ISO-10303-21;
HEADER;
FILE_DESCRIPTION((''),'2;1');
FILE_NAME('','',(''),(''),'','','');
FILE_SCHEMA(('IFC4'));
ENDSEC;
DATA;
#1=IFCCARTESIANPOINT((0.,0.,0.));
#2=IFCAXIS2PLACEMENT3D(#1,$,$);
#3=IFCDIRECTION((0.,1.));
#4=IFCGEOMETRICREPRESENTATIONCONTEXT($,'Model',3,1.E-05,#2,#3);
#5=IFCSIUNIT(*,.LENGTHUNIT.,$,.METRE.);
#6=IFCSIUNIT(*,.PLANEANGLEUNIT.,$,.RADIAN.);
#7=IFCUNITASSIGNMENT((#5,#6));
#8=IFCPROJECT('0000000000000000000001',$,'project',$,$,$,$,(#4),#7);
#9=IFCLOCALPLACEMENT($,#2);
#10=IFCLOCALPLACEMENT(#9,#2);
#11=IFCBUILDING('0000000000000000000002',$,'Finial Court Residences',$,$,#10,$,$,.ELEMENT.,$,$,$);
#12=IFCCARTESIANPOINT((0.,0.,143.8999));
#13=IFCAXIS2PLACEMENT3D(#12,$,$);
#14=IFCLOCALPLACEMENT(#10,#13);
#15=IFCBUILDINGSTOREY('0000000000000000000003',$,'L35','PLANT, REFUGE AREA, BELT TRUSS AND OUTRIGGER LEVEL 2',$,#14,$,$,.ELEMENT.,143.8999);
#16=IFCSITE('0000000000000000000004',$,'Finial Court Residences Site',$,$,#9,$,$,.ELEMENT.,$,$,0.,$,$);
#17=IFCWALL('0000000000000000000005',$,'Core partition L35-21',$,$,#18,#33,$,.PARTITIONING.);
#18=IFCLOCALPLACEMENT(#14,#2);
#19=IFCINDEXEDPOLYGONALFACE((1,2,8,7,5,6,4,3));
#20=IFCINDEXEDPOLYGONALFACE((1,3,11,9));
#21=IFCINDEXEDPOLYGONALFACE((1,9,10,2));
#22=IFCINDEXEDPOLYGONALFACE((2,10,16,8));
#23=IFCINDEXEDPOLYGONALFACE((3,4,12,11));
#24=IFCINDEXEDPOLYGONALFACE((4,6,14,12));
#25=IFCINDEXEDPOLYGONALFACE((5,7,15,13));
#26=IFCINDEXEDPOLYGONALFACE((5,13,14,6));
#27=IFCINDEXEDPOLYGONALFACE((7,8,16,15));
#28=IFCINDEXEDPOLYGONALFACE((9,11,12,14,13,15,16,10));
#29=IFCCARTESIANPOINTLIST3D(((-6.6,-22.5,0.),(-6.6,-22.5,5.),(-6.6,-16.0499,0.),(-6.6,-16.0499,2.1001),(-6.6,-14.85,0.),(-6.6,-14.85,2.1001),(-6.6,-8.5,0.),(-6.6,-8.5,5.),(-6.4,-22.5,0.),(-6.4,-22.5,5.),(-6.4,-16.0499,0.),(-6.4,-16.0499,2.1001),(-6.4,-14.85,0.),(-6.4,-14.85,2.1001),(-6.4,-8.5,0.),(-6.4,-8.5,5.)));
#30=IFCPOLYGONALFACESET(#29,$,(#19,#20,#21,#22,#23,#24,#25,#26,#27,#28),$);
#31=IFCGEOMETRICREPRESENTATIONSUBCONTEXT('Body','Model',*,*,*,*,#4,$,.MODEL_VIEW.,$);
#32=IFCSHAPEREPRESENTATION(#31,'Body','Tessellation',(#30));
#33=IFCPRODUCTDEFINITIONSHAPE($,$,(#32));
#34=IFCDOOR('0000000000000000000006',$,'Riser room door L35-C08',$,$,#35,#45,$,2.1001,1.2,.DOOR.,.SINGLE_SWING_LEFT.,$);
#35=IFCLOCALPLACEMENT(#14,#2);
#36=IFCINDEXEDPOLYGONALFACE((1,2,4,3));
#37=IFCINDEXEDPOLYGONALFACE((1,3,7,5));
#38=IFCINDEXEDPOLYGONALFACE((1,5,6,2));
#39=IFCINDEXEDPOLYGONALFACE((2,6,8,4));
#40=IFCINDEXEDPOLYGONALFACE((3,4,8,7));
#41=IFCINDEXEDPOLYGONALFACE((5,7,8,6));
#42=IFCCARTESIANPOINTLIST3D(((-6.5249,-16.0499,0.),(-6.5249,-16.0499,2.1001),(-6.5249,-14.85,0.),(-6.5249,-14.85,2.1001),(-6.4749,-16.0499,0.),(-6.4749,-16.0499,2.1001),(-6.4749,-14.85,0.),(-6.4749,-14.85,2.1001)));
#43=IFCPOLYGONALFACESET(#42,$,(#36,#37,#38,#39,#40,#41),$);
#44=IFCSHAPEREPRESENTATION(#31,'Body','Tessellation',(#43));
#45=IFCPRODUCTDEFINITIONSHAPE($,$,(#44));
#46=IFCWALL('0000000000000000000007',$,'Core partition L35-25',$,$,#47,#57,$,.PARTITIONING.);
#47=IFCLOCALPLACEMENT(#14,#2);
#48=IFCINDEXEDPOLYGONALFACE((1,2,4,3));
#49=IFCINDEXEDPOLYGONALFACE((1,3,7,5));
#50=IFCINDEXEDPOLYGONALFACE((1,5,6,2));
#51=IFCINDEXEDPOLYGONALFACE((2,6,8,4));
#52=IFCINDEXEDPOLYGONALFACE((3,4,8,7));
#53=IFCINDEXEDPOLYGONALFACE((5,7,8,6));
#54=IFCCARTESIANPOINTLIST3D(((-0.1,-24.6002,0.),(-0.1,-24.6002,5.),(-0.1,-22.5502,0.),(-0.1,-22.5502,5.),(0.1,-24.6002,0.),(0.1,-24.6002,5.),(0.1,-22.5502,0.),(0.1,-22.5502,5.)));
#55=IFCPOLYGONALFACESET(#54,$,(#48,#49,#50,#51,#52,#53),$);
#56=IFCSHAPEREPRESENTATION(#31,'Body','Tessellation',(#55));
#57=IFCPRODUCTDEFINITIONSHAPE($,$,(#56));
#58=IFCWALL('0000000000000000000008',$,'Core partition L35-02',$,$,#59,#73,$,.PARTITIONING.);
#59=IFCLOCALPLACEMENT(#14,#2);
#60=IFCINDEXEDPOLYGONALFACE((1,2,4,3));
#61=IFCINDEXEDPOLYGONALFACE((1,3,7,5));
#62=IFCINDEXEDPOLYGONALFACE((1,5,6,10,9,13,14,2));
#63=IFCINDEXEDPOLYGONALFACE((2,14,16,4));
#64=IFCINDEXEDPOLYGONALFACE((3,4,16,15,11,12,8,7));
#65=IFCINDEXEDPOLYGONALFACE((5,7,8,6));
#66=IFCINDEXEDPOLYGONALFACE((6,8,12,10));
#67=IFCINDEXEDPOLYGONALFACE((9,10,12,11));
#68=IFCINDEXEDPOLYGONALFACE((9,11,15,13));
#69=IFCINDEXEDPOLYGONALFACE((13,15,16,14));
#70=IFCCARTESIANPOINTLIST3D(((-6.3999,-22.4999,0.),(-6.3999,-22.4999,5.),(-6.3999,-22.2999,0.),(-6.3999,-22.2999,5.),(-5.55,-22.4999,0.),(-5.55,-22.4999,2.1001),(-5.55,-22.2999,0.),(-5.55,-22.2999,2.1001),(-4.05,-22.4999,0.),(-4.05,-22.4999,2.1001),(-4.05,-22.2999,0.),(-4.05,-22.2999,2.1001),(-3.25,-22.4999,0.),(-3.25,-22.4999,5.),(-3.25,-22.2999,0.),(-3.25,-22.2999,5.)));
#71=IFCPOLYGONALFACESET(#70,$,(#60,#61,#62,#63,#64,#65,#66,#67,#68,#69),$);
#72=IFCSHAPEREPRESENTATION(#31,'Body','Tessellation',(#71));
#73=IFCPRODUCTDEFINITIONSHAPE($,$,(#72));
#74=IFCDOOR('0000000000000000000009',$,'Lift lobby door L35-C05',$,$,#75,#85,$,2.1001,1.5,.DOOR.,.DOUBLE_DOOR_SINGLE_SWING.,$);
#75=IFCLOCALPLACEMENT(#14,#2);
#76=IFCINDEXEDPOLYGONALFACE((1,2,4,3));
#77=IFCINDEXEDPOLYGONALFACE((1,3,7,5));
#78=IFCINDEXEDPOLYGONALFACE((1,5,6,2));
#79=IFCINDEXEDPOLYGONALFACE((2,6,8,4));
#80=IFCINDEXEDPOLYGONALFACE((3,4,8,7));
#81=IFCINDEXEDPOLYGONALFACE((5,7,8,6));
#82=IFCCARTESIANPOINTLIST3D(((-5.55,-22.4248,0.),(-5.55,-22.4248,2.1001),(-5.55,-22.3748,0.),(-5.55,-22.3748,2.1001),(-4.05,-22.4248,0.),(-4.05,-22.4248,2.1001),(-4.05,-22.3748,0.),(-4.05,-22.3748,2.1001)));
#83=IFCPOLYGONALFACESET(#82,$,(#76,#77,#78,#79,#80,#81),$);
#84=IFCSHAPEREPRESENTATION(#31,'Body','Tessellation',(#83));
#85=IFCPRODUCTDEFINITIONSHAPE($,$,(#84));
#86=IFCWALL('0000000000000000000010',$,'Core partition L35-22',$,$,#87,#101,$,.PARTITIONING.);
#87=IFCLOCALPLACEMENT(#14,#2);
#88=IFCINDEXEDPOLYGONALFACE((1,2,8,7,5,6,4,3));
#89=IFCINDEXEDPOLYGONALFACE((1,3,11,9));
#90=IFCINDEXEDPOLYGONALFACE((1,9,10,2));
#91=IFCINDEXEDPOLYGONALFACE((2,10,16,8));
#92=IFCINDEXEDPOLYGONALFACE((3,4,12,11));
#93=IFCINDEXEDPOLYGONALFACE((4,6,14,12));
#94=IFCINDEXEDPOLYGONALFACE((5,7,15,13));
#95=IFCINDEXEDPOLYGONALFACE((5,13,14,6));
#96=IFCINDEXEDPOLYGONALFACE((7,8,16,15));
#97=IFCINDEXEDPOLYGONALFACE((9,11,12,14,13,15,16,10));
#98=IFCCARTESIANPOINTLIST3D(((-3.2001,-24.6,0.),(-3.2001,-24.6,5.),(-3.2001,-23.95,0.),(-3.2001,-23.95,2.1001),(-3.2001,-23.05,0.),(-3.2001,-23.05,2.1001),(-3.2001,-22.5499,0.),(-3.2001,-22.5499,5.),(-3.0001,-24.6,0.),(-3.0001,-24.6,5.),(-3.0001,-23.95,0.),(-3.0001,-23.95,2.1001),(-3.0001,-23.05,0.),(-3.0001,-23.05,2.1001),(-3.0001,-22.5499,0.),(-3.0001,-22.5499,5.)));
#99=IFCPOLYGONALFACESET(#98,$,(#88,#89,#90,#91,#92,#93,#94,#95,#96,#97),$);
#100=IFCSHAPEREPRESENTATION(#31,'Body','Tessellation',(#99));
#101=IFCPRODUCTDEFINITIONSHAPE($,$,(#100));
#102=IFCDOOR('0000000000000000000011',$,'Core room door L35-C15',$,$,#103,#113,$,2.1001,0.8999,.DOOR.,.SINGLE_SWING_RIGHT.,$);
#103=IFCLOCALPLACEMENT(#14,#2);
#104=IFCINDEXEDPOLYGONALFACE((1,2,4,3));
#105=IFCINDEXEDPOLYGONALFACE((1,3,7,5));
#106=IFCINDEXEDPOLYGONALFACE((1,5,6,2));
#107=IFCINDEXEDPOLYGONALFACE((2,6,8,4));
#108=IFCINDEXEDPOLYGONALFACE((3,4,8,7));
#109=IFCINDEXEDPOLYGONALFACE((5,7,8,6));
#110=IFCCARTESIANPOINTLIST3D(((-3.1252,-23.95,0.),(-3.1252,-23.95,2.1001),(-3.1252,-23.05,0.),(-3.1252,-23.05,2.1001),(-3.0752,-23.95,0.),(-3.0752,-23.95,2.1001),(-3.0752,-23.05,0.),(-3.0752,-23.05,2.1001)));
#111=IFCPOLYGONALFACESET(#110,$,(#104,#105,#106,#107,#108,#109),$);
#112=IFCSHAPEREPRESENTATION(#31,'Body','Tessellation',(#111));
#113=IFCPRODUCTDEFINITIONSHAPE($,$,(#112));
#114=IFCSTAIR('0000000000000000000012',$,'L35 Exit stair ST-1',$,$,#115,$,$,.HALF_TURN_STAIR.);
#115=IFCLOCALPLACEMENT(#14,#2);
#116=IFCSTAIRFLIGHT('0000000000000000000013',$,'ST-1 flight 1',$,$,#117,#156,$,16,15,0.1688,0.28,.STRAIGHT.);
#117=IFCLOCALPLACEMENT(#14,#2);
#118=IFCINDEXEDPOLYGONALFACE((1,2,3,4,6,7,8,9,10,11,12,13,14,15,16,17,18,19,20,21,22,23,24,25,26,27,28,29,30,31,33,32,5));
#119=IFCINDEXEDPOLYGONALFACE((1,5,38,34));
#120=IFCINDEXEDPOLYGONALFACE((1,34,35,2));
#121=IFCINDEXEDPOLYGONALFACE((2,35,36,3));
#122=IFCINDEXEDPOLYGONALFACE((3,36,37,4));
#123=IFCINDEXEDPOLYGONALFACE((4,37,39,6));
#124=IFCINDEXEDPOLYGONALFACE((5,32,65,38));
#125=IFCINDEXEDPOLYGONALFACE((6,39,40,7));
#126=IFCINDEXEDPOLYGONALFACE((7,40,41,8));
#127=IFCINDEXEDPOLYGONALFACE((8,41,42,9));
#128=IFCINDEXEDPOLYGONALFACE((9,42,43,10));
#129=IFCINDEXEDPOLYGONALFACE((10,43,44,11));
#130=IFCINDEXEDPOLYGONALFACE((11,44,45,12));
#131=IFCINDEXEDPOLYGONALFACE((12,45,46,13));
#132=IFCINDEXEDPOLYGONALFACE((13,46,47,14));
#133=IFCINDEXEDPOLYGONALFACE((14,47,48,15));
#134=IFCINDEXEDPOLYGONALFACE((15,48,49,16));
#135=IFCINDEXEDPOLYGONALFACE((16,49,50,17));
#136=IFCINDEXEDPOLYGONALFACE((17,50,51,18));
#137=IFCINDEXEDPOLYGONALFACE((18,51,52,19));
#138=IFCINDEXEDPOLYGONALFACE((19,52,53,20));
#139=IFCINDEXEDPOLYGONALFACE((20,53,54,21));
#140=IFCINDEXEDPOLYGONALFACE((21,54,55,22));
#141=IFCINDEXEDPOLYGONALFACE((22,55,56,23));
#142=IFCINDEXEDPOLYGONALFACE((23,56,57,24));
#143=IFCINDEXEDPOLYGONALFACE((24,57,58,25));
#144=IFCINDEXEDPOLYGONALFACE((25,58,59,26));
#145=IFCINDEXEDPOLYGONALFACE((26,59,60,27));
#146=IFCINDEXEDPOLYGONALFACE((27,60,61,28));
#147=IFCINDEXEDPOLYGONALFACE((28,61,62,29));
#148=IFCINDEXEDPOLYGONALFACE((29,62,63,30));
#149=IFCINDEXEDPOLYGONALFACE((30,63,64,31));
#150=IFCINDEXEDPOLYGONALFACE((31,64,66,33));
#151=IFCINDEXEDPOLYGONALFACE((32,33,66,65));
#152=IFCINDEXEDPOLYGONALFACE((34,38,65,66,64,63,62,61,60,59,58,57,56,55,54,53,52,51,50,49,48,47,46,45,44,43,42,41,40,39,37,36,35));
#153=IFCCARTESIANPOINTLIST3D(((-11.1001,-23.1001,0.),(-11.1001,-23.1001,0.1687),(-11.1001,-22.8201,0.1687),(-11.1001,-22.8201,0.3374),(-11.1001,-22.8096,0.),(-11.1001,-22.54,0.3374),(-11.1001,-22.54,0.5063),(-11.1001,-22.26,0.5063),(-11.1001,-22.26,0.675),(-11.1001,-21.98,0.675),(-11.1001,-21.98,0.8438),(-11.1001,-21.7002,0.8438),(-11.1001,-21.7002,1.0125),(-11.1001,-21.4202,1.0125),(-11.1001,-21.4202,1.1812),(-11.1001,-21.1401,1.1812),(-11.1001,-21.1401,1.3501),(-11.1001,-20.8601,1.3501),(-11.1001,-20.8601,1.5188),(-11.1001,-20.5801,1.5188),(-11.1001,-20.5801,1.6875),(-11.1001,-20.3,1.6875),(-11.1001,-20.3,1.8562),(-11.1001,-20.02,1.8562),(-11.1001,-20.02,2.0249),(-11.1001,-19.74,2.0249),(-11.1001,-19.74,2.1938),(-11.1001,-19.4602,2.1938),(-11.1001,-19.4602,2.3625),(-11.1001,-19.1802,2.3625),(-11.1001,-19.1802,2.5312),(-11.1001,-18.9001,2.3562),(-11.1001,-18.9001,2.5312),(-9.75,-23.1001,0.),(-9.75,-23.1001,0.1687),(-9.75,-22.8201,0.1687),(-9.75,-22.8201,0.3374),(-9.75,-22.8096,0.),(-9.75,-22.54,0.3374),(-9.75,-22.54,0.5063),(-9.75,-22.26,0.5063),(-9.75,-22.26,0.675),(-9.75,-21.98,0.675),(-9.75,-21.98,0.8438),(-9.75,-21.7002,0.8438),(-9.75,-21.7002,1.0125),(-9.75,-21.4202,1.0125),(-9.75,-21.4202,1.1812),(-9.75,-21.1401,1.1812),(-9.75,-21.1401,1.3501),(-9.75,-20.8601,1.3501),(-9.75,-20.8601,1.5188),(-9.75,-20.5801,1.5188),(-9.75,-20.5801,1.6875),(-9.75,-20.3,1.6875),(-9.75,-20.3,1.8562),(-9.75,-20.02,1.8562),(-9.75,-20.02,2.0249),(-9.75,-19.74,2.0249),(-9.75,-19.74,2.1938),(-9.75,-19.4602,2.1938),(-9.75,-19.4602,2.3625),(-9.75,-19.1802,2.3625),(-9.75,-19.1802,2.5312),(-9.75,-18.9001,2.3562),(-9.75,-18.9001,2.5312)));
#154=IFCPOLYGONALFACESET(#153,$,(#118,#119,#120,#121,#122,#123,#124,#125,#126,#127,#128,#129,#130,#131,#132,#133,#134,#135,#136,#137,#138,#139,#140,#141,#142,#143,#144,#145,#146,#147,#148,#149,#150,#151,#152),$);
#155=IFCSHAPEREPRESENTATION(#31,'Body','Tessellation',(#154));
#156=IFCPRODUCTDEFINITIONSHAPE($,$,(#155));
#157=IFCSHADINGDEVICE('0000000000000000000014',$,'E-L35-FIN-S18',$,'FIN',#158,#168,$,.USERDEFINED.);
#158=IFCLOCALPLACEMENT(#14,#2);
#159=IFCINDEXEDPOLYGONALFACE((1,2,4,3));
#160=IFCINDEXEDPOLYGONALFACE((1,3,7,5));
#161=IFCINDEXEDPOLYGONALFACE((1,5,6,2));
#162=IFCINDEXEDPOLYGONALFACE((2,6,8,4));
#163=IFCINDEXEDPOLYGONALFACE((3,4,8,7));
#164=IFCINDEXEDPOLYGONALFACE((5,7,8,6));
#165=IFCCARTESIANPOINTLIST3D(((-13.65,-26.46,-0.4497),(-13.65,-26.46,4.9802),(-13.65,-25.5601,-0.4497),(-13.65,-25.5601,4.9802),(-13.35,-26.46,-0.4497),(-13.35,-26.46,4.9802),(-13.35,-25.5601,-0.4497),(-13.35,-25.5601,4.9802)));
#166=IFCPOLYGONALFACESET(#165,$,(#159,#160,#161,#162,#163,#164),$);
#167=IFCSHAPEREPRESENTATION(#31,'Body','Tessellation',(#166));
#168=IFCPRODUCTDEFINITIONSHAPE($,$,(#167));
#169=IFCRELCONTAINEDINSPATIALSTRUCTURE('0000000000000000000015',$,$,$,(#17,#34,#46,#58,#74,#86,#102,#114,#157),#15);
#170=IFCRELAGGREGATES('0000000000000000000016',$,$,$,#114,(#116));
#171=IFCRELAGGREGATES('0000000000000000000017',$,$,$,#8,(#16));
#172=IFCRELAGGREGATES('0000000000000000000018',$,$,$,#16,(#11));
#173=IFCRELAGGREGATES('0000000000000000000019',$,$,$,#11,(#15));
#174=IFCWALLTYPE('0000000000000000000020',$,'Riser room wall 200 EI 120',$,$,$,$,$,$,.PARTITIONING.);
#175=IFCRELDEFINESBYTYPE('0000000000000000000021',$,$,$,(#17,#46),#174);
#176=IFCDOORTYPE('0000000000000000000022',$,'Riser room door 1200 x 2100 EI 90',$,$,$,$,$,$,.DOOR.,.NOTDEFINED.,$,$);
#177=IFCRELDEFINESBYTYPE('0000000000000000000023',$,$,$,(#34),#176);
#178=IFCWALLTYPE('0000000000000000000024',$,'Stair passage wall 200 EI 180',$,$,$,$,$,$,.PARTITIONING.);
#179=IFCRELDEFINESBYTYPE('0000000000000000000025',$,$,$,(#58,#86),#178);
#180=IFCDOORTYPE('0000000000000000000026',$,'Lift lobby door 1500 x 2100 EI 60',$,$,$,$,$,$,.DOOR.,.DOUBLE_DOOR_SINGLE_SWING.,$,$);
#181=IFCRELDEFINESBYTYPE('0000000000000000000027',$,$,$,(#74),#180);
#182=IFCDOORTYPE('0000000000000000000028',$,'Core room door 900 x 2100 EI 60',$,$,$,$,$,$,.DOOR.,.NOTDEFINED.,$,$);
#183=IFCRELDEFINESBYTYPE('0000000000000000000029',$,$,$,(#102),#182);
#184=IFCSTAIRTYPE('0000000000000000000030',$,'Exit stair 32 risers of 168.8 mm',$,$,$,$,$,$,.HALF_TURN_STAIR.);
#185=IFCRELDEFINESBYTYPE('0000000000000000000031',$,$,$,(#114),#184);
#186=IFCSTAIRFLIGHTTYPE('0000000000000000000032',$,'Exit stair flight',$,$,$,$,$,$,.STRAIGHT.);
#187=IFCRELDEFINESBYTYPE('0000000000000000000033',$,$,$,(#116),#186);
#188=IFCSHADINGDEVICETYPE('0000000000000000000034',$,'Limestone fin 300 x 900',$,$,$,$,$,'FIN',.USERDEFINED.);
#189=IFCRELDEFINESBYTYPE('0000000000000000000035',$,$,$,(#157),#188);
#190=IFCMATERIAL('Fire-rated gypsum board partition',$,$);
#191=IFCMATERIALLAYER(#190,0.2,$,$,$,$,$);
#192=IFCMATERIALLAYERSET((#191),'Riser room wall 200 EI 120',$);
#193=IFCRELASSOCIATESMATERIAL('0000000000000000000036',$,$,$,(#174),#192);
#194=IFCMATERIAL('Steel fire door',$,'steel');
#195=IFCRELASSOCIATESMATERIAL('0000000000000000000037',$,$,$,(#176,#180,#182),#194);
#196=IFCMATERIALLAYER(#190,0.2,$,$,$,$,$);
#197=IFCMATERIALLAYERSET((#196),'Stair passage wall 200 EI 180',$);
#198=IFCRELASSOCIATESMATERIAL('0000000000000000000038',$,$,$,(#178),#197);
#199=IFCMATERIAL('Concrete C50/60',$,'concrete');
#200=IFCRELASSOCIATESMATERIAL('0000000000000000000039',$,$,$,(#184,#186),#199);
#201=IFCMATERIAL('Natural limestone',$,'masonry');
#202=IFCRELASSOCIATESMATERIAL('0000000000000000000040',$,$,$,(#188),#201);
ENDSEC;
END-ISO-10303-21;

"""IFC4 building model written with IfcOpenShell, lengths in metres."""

from ifc_helpers import new_model, si_unit, direction, frame, frame_2d, origin, origin_2d, place, context, subcontext, project, spatial, polyline, rectangle, outline, extrude, material, layer, layer_set, type_object, element, fill, aggregate, save


model = new_model("IFC4")

# Units and contexts
model_context = context("Model", 3, precision=1e-05, world=origin(), true_north=direction((0.0, 1.0)))
body_context = subcontext(model_context, "Body", "Model", "MODEL_VIEW")
ifc_project = project(units=[si_unit("LENGTHUNIT", "METRE"), si_unit("PLANEANGLEUNIT", "RADIAN")], contexts=[model_context])

# Site, building, storey
site_placement = place(None, origin())
site = spatial("IfcSite", under=ifc_project, at=site_placement, Name="Finial Court Residences Site", CompositionType="ELEMENT", RefElevation=0.0)
building_placement = place(site_placement, origin())
building = spatial("IfcBuilding", under=site, at=building_placement, Name="Finial Court Residences", CompositionType="ELEMENT")
storey_placement = place(building_placement, frame((0.0, 0.0, 143.8999)))
storey = spatial("IfcBuildingStorey", under=building, at=storey_placement, Name="L35", Description="PLANT, REFUGE AREA, BELT TRUSS AND OUTRIGGER LEVEL 2", CompositionType="ELEMENT", Elevation=143.8999)

# Shared definitions
ifc_material_1 = material(Name="Steel fire door", Category="steel")

# Shared definitions
ifc_material_2 = material(Name="Natural limestone", Category="masonry")

# Shared definitions
ifc_material_3 = material(Name="Fire-rated gypsum board partition")
ifc_layer_1 = layer(ifc_material_3, 0.2)
ifc_layer_set_1 = layer_set([ifc_layer_1], Name="Riser room wall 200 EI 120")
wall_type_1 = type_object("IfcWallType", Name="Riser room wall 200 EI 120", PredefinedType="PARTITIONING", material=ifc_layer_set_1)

# Wall, opening, door
wall_1_placement = place(storey_placement, frame((-6.5, -22.5, 0.0), z_axis=(0.0, 0.0, 1.0), x_axis=(0.0, 1.0, 0.0)))
wall_1 = element("IfcWall", 1, at=wall_1_placement, inside=storey, type_object=wall_type_1, Name="Core partition L35-21", PredefinedType="PARTITIONING", context=body_context, shape_type="SweptSolid", body=[
    extrude(rectangle(XDim=14.0, YDim=0.2, at=frame_2d((7.0, 0.0))), origin(), (0.0, 0.0, 1.0), 5.0),
])
opening_1_placement = place(wall_1_placement, frame((6.45, 0.0, 0.0)))
opening_1 = element("IfcOpeningElement", 2, at=opening_1_placement, cuts=wall_1, PredefinedType="OPENING", context=body_context, shape_type="SweptSolid", body=[
    extrude(rectangle(XDim=1.2, YDim=2.1001, at=frame_2d((0.6001, 1.05))), frame((0.0, 0.1099, 0.0), z_axis=(0.0, -1.0, 0.0), x_axis=(1.0, 0.0, 0.0)), (0.0, 0.0, 1.0), 0.22),
])
door_type_1 = type_object("IfcDoorType", Name="Riser room door 1200 x 2100 EI 90", OperationType="NOTDEFINED", PredefinedType="DOOR", material=ifc_material_1)
door_1_placement = place(opening_1_placement, origin())
door_1 = element("IfcDoor", 3, at=door_1_placement, inside=storey, type_object=door_type_1, Name="Riser room door L35-C08", OperationType="SINGLE_SWING_LEFT", OverallHeight=2.1001, OverallWidth=1.2, PredefinedType="DOOR", context=body_context, shape_type="SweptSolid", body=[
    extrude(rectangle(XDim=1.2, YDim=2.1001, at=frame_2d((0.6001, 1.05))), frame((0.0, 0.0249, 0.0), z_axis=(0.0, -1.0, 0.0), x_axis=(1.0, 0.0, 0.0)), (0.0, 0.0, 1.0), 0.05),
])
fill(opening_1, door_1)

# Wall
wall_2_placement = place(storey_placement, frame((0.0, -24.6001, 0.0), z_axis=(0.0, 0.0, 1.0), x_axis=(0.0, 1.0, 0.0)))
element("IfcWall", 4, at=wall_2_placement, inside=storey, type_object=wall_type_1, Name="Core partition L35-25", PredefinedType="PARTITIONING", context=body_context, shape_type="SweptSolid", body=[
    extrude(rectangle(XDim=2.05, YDim=0.2, at=frame_2d((1.0249, 0.0))), origin(), (0.0, 0.0, 1.0), 5.0),
])

# Walls, openings, doors
ifc_layer_2 = layer(ifc_material_3, 0.2)
ifc_layer_set_2 = layer_set([ifc_layer_2], Name="Stair passage wall 200 EI 180")
wall_type_2 = type_object("IfcWallType", Name="Stair passage wall 200 EI 180", PredefinedType="PARTITIONING", material=ifc_layer_set_2)
wall_3_placement = place(storey_placement, frame((-3.25, -22.3999, 0.0), z_axis=(0.0, 0.0, 1.0), x_axis=(-1.0, 0.0, 0.0)))
wall_3 = element("IfcWall", 5, at=wall_3_placement, inside=storey, type_object=wall_type_2, Name="Core partition L35-02", PredefinedType="PARTITIONING", context=body_context, shape_type="SweptSolid", body=[
    extrude(rectangle(XDim=3.1499, YDim=0.2, at=frame_2d((1.575, 0.0))), origin(), (0.0, 0.0, 1.0), 5.0),
])
opening_2_placement = place(wall_3_placement, frame((0.8, 0.0, 0.0)))
opening_2 = element("IfcOpeningElement", 6, at=opening_2_placement, cuts=wall_3, PredefinedType="OPENING", context=body_context, shape_type="SweptSolid", body=[
    extrude(rectangle(XDim=1.5, YDim=2.1001, at=frame_2d((0.75, 1.05))), frame((0.0, 0.1099, 0.0), z_axis=(0.0, -1.0, 0.0), x_axis=(1.0, 0.0, 0.0)), (0.0, 0.0, 1.0), 0.22),
])
door_type_2 = type_object("IfcDoorType", Name="Lift lobby door 1500 x 2100 EI 60", OperationType="DOUBLE_DOOR_SINGLE_SWING", PredefinedType="DOOR", material=ifc_material_1)
door_2_placement = place(opening_2_placement, origin())
door_2 = element("IfcDoor", 7, at=door_2_placement, inside=storey, type_object=door_type_2, Name="Lift lobby door L35-C05", OperationType="DOUBLE_DOOR_SINGLE_SWING", OverallHeight=2.1001, OverallWidth=1.5, PredefinedType="DOOR", context=body_context, shape_type="SweptSolid", body=[
    extrude(rectangle(XDim=1.5, YDim=2.1001, at=frame_2d((0.75, 1.05))), frame((0.0, 0.0249, 0.0), z_axis=(0.0, -1.0, 0.0), x_axis=(1.0, 0.0, 0.0)), (0.0, 0.0, 1.0), 0.05),
])
fill(opening_2, door_2)
wall_4_placement = place(storey_placement, frame((-3.1001, -22.55, 0.0), z_axis=(0.0, 0.0, 1.0), x_axis=(0.0, -1.0, 0.0)))
wall_4 = element("IfcWall", 8, at=wall_4_placement, inside=storey, type_object=wall_type_2, Name="Core partition L35-22", PredefinedType="PARTITIONING", context=body_context, shape_type="SweptSolid", body=[
    extrude(rectangle(XDim=2.05, YDim=0.2, at=frame_2d((1.0249, 0.0))), origin(), (0.0, 0.0, 1.0), 5.0),
])
opening_3_placement = place(wall_4_placement, frame((0.5, 0.0, 0.0)))
opening_3 = element("IfcOpeningElement", 9, at=opening_3_placement, cuts=wall_4, PredefinedType="OPENING", context=body_context, shape_type="SweptSolid", body=[
    extrude(rectangle(XDim=0.8999, YDim=2.1001, at=frame_2d((0.45, 1.05))), frame((0.0, 0.1099, 0.0), z_axis=(0.0, -1.0, 0.0), x_axis=(1.0, 0.0, 0.0)), (0.0, 0.0, 1.0), 0.22),
])
door_type_3 = type_object("IfcDoorType", Name="Core room door 900 x 2100 EI 60", OperationType="NOTDEFINED", PredefinedType="DOOR", material=ifc_material_1)
door_3_placement = place(opening_3_placement, origin())
door_3 = element("IfcDoor", 10, at=door_3_placement, inside=storey, type_object=door_type_3, Name="Core room door L35-C15", OperationType="SINGLE_SWING_RIGHT", OverallHeight=2.1001, OverallWidth=0.8999, PredefinedType="DOOR", context=body_context, shape_type="SweptSolid", body=[
    extrude(rectangle(XDim=0.8999, YDim=2.1001, at=frame_2d((0.45, 1.05))), frame((0.0, 0.0249, 0.0), z_axis=(0.0, -1.0, 0.0), x_axis=(1.0, 0.0, 0.0)), (0.0, 0.0, 1.0), 0.05),
])
fill(opening_3, door_3)

# Stair, stair flight
ifc_material_4 = material(Name="Concrete C50/60", Category="concrete")
stair_type = type_object("IfcStairType", Name="Exit stair 32 risers of 168.8 mm", PredefinedType="HALF_TURN_STAIR", material=ifc_material_4)
stair_placement = place(storey_placement, origin())
stair = element("IfcStair", 11, at=stair_placement, inside=storey, type_object=stair_type, Name="L35 Exit stair ST-1", PredefinedType="HALF_TURN_STAIR")
stair_flight_type = type_object("IfcStairFlightType", Name="Exit stair flight", PredefinedType="STRAIGHT", material=ifc_material_4)
stair_flight_placement = place(storey_placement, frame((-10.425, -23.1001, 0.0), z_axis=(0.0, 0.0, 1.0), x_axis=(0.0, 1.0, 0.0)))
stair_flight = element("IfcStairFlight", 12, at=stair_flight_placement, type_object=stair_flight_type, Name="ST-1 flight 1", NumberOfRisers=16, NumberOfTreads=15, PredefinedType="STRAIGHT", RiserHeight=0.1688, TreadLength=0.28, context=body_context, shape_type="SweptSolid", body=[
    extrude(outline(polyline([(0.0, 0.0), (0.0, 0.1687), (0.28, 0.1687), (0.28, 0.3374), (0.5601, 0.3374), (0.5601, 0.5063), (0.8401, 0.5063), (0.8401, 0.675), (1.1201, 0.675), (1.1201, 0.8438), (1.3999, 0.8438), (1.3999, 1.0125), (1.6799, 1.0125), (1.6799, 1.1812), (1.96, 1.1812), (1.96, 1.3501), (2.24, 1.3501), (2.24, 1.5188), (2.52, 1.5188), (2.52, 1.6875), (2.8, 1.6875), (2.8, 1.8562), (3.0801, 1.8562), (3.0801, 2.0249), (3.3601, 2.0249), (3.3601, 2.1938), (3.6399, 2.1938), (3.6399, 2.3625), (3.9199, 2.3625), (3.9199, 2.5312), (4.2, 2.5312), (4.2, 2.7), (4.2, 2.3562), (0.2905, 0.0), (0.0, 0.0)])), frame((0.0, 0.675, 0.0), z_axis=(0.0, -1.0, 0.0), x_axis=(1.0, 0.0, 0.0)), (0.0, 0.0, 1.0), 1.3501),
])
aggregate(stair, [stair_flight])

# Shading device
shading_device_type = type_object("IfcShadingDeviceType", Name="Limestone fin 300 x 900", ElementType="FIN", PredefinedType="USERDEFINED", material=ifc_material_2)
for number, where, z_axis, x_axis, name in (
    (13, (-13.5, -26.01, -0.4497), (0.0, 0.0, 1.0), (1.0, 0.0, 0.0), "E-L35-FIN-S18"),
):
    element("IfcShadingDevice", number, at=place(storey_placement, frame(where, z_axis=z_axis, x_axis=x_axis)), inside=storey, type_object=shading_device_type, Name=name, ObjectType="FIN", PredefinedType="USERDEFINED", context=body_context, shape_type="SweptSolid", body=[
        extrude(rectangle(XDim=0.3, YDim=0.8999, at=origin_2d()), origin(), (0.0, 0.0, 1.0), 5.4299),
    ])

save(model, "model.ifc")
